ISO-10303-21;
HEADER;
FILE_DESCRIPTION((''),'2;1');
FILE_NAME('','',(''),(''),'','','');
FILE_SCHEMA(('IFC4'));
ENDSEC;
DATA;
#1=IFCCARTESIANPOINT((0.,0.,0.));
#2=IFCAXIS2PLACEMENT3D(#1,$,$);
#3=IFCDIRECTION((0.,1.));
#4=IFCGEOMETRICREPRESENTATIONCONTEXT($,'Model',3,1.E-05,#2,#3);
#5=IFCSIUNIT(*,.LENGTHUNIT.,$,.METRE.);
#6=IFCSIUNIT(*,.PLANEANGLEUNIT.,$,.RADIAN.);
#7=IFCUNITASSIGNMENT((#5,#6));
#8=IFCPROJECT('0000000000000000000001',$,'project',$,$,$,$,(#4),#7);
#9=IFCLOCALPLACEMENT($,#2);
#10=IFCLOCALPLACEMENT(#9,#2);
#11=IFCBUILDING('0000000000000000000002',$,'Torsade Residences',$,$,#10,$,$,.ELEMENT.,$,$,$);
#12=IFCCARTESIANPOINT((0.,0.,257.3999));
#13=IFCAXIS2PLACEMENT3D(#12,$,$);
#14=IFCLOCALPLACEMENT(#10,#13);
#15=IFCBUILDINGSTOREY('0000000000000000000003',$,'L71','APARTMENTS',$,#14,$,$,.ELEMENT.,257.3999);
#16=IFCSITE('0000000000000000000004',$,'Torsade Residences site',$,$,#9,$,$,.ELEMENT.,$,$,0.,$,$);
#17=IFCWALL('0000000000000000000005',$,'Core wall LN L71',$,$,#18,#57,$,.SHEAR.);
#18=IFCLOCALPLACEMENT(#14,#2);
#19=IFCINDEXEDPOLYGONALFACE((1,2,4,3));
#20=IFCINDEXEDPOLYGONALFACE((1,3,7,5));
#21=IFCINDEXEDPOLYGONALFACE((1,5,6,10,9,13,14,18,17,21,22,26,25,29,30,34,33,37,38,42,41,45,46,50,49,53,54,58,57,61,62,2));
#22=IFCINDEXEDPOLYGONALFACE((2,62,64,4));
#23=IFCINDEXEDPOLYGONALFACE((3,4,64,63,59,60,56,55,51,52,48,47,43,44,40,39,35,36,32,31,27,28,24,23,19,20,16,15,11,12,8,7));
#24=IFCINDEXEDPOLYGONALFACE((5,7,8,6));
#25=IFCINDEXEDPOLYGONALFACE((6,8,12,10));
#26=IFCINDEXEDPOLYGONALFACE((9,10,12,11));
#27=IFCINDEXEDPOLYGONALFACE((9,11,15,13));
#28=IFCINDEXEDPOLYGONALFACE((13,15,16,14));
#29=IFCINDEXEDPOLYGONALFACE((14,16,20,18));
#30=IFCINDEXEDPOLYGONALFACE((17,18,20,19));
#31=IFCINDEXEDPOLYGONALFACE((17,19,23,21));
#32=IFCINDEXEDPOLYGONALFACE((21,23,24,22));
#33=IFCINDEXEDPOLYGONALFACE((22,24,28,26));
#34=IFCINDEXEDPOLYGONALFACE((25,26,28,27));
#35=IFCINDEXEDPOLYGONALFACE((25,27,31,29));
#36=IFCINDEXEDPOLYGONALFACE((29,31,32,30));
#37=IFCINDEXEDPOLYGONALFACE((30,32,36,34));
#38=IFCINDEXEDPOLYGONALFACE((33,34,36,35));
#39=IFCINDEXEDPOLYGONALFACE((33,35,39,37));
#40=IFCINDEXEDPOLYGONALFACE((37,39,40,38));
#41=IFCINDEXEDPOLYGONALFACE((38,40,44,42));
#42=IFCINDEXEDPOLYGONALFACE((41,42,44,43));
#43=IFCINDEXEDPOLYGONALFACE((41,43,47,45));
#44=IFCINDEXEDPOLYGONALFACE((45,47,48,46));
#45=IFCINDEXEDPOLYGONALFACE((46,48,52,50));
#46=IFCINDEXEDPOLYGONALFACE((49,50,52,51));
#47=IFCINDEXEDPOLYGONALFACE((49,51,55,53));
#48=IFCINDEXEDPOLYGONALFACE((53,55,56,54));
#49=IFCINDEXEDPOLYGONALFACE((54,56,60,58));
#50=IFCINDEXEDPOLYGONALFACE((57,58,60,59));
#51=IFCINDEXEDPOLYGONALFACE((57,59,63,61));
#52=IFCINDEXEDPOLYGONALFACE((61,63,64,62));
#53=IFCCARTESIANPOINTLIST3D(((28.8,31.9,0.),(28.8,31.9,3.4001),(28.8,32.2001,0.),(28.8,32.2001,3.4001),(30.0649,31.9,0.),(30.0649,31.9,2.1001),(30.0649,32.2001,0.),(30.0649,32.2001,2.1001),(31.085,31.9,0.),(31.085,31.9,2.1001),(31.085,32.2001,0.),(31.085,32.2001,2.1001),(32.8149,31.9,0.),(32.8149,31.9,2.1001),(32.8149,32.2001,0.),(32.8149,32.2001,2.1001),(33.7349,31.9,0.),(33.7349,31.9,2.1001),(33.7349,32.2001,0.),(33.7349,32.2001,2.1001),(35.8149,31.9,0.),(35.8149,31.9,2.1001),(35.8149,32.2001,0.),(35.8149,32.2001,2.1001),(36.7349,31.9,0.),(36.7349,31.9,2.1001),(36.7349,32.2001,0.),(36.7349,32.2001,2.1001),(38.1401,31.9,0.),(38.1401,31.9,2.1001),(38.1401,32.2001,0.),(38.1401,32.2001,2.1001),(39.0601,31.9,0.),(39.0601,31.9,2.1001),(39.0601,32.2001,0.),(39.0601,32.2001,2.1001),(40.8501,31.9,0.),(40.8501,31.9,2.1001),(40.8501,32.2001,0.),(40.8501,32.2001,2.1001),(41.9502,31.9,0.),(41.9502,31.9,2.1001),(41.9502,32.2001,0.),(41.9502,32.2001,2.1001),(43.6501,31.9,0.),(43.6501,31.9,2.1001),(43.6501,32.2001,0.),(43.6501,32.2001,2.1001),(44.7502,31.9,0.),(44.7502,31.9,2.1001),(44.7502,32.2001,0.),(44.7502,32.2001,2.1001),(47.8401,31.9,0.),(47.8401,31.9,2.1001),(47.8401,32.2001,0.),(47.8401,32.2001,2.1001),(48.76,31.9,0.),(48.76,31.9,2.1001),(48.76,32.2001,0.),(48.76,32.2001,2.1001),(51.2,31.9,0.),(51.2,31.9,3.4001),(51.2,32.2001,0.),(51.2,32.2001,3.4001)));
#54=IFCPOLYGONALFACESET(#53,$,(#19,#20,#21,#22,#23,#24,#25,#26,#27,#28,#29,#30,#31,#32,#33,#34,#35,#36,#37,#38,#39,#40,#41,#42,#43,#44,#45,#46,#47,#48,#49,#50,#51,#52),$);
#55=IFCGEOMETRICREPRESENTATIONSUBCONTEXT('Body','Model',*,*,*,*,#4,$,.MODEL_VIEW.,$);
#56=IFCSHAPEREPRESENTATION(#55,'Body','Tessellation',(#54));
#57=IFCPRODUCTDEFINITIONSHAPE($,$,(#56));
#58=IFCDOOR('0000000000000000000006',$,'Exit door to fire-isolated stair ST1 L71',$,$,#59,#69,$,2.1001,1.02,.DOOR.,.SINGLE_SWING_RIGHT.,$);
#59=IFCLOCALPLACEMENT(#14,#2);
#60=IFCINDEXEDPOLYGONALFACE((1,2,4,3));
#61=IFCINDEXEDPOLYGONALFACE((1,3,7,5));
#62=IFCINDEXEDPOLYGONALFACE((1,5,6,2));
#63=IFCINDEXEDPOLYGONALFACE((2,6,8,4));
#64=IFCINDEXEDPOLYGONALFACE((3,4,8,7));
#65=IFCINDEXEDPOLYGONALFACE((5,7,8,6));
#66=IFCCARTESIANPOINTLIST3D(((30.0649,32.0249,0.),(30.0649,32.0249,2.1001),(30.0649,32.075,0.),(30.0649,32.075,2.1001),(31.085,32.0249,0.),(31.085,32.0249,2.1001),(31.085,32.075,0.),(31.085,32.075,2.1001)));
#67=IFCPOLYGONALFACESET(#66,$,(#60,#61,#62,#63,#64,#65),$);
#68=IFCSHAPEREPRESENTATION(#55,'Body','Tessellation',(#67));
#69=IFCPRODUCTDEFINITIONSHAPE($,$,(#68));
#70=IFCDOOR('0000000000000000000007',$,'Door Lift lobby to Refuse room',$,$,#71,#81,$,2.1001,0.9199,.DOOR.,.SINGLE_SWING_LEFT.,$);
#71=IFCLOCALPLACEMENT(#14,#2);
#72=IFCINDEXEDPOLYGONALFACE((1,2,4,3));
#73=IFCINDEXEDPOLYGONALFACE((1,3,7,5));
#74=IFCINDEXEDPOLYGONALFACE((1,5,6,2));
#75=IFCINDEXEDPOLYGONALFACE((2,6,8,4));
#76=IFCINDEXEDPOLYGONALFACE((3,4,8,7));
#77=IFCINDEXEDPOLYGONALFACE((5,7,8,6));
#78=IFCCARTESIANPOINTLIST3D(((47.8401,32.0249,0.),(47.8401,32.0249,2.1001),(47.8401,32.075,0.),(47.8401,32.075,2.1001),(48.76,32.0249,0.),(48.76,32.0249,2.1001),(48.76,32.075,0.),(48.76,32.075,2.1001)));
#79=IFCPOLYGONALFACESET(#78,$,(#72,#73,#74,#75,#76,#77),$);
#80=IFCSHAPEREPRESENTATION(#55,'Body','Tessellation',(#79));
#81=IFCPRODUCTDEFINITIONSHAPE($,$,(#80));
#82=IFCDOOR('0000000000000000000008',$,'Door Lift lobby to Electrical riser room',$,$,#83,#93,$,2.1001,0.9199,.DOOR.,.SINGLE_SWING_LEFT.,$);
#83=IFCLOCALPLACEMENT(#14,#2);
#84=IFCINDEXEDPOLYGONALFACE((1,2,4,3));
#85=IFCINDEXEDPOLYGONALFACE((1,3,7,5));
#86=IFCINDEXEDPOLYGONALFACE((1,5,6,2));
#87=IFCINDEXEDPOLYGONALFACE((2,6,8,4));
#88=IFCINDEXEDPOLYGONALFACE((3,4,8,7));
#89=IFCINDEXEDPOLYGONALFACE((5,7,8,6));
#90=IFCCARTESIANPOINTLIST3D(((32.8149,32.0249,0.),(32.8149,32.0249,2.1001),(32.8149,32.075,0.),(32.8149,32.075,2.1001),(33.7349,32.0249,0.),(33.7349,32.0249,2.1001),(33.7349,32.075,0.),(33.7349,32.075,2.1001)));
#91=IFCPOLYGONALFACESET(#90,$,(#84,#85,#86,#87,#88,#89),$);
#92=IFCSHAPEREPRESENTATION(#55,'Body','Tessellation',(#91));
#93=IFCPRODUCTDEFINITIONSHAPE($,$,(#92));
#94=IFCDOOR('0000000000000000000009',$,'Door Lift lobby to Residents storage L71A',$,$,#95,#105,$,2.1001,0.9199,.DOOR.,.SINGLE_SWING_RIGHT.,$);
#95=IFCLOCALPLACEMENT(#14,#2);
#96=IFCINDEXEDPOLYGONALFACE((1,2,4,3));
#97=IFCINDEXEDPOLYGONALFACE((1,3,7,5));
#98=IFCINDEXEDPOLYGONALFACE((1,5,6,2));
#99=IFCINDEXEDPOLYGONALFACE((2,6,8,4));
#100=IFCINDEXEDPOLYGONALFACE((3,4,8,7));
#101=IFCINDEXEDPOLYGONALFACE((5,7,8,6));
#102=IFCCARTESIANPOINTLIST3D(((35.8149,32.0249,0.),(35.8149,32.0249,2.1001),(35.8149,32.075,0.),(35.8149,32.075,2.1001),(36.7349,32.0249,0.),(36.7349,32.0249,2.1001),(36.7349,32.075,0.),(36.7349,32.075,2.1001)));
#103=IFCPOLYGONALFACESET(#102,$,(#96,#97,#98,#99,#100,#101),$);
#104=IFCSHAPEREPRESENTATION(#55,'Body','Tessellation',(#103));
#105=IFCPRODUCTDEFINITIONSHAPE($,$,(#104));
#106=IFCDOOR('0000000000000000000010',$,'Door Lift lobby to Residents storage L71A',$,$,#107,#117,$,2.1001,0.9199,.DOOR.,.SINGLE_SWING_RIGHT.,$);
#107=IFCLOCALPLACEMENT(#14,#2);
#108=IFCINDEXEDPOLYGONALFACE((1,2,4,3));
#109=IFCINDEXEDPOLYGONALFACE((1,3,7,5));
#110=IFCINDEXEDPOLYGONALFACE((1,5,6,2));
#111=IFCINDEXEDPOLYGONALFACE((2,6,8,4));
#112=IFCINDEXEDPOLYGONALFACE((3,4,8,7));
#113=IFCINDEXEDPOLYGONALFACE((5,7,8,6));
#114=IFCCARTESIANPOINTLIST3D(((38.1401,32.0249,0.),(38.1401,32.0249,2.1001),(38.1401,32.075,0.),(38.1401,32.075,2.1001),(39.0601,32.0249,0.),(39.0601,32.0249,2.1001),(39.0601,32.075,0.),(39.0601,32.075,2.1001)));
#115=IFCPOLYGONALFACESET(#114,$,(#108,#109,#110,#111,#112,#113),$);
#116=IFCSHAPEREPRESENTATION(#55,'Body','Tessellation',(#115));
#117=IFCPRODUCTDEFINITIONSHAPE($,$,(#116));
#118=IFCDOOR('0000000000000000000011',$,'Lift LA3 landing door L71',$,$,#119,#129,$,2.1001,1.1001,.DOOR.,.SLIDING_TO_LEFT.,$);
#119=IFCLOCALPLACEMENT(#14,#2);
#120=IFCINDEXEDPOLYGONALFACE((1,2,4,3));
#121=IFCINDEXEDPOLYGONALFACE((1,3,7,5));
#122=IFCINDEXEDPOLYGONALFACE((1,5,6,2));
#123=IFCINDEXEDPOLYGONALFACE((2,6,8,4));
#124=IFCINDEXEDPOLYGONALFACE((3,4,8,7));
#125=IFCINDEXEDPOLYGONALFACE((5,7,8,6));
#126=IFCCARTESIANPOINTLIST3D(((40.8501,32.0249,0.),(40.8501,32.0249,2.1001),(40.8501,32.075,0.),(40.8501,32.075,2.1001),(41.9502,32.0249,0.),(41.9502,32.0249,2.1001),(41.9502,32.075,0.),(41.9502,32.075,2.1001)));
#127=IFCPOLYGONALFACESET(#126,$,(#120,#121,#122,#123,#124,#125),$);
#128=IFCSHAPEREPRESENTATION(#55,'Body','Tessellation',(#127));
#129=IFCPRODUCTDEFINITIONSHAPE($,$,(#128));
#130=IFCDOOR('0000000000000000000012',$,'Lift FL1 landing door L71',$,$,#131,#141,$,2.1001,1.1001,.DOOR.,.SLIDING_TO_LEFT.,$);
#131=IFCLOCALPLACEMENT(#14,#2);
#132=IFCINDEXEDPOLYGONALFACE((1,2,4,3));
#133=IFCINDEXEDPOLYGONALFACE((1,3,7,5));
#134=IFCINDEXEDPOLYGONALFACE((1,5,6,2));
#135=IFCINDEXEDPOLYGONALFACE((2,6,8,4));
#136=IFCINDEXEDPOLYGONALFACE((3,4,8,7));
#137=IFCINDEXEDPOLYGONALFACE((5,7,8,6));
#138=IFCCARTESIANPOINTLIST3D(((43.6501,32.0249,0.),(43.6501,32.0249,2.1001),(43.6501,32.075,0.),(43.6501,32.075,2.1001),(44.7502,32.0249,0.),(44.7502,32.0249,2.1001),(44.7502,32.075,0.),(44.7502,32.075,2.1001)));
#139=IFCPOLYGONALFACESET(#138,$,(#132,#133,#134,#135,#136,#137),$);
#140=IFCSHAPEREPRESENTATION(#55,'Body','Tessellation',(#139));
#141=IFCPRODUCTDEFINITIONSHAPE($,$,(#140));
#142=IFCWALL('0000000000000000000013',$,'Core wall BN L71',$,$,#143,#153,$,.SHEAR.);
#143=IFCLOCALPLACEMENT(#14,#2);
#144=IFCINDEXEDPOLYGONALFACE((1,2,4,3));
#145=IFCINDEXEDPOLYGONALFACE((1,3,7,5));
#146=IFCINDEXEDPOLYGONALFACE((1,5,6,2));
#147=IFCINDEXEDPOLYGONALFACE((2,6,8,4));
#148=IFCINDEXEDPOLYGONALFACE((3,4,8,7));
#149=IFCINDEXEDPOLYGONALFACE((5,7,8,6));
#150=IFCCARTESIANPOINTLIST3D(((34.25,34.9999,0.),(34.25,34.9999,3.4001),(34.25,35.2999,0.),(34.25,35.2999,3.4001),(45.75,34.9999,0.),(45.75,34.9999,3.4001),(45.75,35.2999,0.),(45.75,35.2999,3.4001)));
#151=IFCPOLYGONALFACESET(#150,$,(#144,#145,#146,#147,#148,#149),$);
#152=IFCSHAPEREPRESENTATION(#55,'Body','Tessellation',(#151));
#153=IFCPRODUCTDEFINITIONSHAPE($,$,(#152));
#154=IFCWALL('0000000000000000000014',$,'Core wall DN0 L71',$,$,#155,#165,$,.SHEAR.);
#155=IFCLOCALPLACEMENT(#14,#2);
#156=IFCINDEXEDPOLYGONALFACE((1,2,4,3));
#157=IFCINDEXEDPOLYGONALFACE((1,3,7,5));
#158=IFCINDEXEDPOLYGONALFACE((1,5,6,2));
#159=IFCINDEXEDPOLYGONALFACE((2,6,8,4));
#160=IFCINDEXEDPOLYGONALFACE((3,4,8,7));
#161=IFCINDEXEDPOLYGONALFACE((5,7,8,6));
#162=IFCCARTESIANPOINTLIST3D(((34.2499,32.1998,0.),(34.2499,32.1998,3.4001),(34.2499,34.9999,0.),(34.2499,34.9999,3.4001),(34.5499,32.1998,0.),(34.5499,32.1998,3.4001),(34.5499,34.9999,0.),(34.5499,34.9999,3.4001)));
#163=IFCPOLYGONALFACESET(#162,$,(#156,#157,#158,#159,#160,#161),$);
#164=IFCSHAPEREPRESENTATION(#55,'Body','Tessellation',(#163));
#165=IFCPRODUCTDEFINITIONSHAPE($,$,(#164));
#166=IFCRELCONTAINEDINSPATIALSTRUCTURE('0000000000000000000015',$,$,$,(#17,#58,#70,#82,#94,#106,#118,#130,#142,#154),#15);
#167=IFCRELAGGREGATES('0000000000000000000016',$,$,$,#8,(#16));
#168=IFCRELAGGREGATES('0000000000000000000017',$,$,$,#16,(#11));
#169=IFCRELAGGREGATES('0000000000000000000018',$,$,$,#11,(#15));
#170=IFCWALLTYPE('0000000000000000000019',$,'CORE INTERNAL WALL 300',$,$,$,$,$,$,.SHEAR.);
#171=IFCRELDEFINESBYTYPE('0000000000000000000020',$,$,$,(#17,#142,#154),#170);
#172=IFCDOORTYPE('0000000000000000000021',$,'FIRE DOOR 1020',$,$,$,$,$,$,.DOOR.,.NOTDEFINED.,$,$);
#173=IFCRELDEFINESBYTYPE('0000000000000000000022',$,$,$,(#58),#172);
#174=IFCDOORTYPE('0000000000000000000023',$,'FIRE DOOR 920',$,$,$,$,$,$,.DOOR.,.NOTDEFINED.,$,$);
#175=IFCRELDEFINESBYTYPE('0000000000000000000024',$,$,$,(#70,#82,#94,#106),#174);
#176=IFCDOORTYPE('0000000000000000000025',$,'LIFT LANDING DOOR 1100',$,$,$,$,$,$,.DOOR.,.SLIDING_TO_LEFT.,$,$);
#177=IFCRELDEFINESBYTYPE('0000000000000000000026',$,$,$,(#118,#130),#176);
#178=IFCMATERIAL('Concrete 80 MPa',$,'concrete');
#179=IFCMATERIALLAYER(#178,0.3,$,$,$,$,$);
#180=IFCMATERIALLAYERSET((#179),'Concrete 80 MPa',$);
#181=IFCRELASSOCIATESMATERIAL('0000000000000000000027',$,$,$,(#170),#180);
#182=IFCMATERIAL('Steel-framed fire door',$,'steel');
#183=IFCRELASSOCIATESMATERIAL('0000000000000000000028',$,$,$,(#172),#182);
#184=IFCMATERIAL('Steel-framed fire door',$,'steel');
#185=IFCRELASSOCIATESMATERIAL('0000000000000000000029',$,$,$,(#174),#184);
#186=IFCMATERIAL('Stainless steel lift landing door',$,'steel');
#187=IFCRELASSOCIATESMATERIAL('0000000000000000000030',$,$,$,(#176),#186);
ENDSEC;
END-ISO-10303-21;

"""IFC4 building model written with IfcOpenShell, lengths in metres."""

from ifc_helpers import new_model, si_unit, direction, frame, frame_2d, origin, place, context, subcontext, project, spatial, rectangle, extrude, material, layer, layer_set, type_object, element, fill, save


model = new_model("IFC4")

# Units and contexts
model_context = context("Model", 3, precision=1e-05, world=origin(), true_north=direction((0.0, 1.0)))
body_context = subcontext(model_context, "Body", "Model", "MODEL_VIEW")
ifc_project = project(units=[si_unit("LENGTHUNIT", "METRE"), si_unit("PLANEANGLEUNIT", "RADIAN")], contexts=[model_context])

# Site, building, storey
site_placement = place(None, origin())
site = spatial("IfcSite", under=ifc_project, at=site_placement, Name="Torsade Residences site", CompositionType="ELEMENT", RefElevation=0.0)
building_placement = place(site_placement, origin())
building = spatial("IfcBuilding", under=site, at=building_placement, Name="Torsade Residences", CompositionType="ELEMENT")
storey_placement = place(building_placement, frame((0.0, 0.0, 257.3999)))
storey = spatial("IfcBuildingStorey", under=building, at=storey_placement, Name="L71", Description="APARTMENTS", CompositionType="ELEMENT", Elevation=257.3999)

# Wall, openings, doors
ifc_material_1 = material(Name="Concrete 80 MPa", Category="concrete")
ifc_layer_1 = layer(ifc_material_1, 0.3)
ifc_layer_set_1 = layer_set([ifc_layer_1], Name="Concrete 80 MPa")
wall_type_1 = type_object("IfcWallType", Name="CORE INTERNAL WALL 300", PredefinedType="SHEAR", material=ifc_layer_set_1)
wall_1_placement = place(storey_placement, frame((28.8, 32.05, 0.0), z_axis=(0.0, 0.0, 1.0), x_axis=(1.0, 0.0, 0.0)))
wall_1 = element("IfcWall", 1, at=wall_1_placement, inside=storey, type_object=wall_type_1, Name="Core wall LN L71", PredefinedType="SHEAR", context=body_context, shape_type="SweptSolid", body=[
    extrude(rectangle(XDim=22.3999, YDim=0.3, at=frame_2d((11.2, 0.0))), origin(), (0.0, 0.0, 1.0), 3.4001),
])
opening_1_placement = place(wall_1_placement, frame((19.04, 0.0, 0.0)))
opening_1 = element("IfcOpeningElement", 2, at=opening_1_placement, cuts=wall_1, PredefinedType="OPENING", context=body_context, shape_type="SweptSolid", body=[
    extrude(rectangle(XDim=0.9199, YDim=2.1001, at=frame_2d((0.46, 1.05))), frame((0.0, 0.1599, 0.0), z_axis=(0.0, -1.0, 0.0), x_axis=(1.0, 0.0, 0.0)), (0.0, 0.0, 1.0), 0.3201),
])
opening_2_placement = place(wall_1_placement, frame((1.2649, 0.0, 0.0)))
opening_2 = element("IfcOpeningElement", 3, at=opening_2_placement, cuts=wall_1, PredefinedType="OPENING", context=body_context, shape_type="SweptSolid", body=[
    extrude(rectangle(XDim=1.02, YDim=2.1001, at=frame_2d((0.51, 1.05))), frame((0.0, 0.1599, 0.0), z_axis=(0.0, -1.0, 0.0), x_axis=(1.0, 0.0, 0.0)), (0.0, 0.0, 1.0), 0.3201),
])
opening_3_placement = place(wall_1_placement, frame((4.0149, 0.0, 0.0)))
opening_3 = element("IfcOpeningElement", 4, at=opening_3_placement, cuts=wall_1, PredefinedType="OPENING", context=body_context, shape_type="SweptSolid", body=[
    extrude(rectangle(XDim=0.9199, YDim=2.1001, at=frame_2d((0.46, 1.05))), frame((0.0, 0.1599, 0.0), z_axis=(0.0, -1.0, 0.0), x_axis=(1.0, 0.0, 0.0)), (0.0, 0.0, 1.0), 0.3201),
])
opening_4_placement = place(wall_1_placement, frame((7.0149, 0.0, 0.0)))
opening_4 = element("IfcOpeningElement", 5, at=opening_4_placement, cuts=wall_1, PredefinedType="OPENING", context=body_context, shape_type="SweptSolid", body=[
    extrude(rectangle(XDim=0.9199, YDim=2.1001, at=frame_2d((0.46, 1.05))), frame((0.0, 0.1599, 0.0), z_axis=(0.0, -1.0, 0.0), x_axis=(1.0, 0.0, 0.0)), (0.0, 0.0, 1.0), 0.3201),
])
opening_5_placement = place(wall_1_placement, frame((9.3401, 0.0, 0.0)))
opening_5 = element("IfcOpeningElement", 6, at=opening_5_placement, cuts=wall_1, PredefinedType="OPENING", context=body_context, shape_type="SweptSolid", body=[
    extrude(rectangle(XDim=0.9199, YDim=2.1001, at=frame_2d((0.46, 1.05))), frame((0.0, 0.1599, 0.0), z_axis=(0.0, -1.0, 0.0), x_axis=(1.0, 0.0, 0.0)), (0.0, 0.0, 1.0), 0.3201),
])
opening_6_placement = place(wall_1_placement, frame((12.05, 0.0, 0.0)))
opening_6 = element("IfcOpeningElement", 7, at=opening_6_placement, cuts=wall_1, PredefinedType="OPENING", context=body_context, shape_type="SweptSolid", body=[
    extrude(rectangle(XDim=1.1001, YDim=2.1001, at=frame_2d((0.55, 1.05))), frame((0.0, 0.1599, 0.0), z_axis=(0.0, -1.0, 0.0), x_axis=(1.0, 0.0, 0.0)), (0.0, 0.0, 1.0), 0.3201),
])
opening_7_placement = place(wall_1_placement, frame((14.8501, 0.0, 0.0)))
opening_7 = element("IfcOpeningElement", 8, at=opening_7_placement, cuts=wall_1, PredefinedType="OPENING", context=body_context, shape_type="SweptSolid", body=[
    extrude(rectangle(XDim=1.1001, YDim=2.1001, at=frame_2d((0.55, 1.05))), frame((0.0, 0.1599, 0.0), z_axis=(0.0, -1.0, 0.0), x_axis=(1.0, 0.0, 0.0)), (0.0, 0.0, 1.0), 0.3201),
])
ifc_material_2 = material(Name="Steel-framed fire door", Category="steel")
door_type_1 = type_object("IfcDoorType", Name="FIRE DOOR 1020", OperationType="NOTDEFINED", PredefinedType="DOOR", material=ifc_material_2)
door_1_placement = place(opening_2_placement, origin())
door_1 = element("IfcDoor", 9, at=door_1_placement, inside=storey, type_object=door_type_1, Name="Exit door to fire-isolated stair ST1 L71", OperationType="SINGLE_SWING_RIGHT", OverallHeight=2.1001, OverallWidth=1.02, PredefinedType="DOOR", context=body_context, shape_type="SweptSolid", body=[
    extrude(rectangle(XDim=1.02, YDim=2.1001, at=frame_2d((0.51, 1.05))), frame((0.0, 0.0249, 0.0), z_axis=(0.0, -1.0, 0.0), x_axis=(1.0, 0.0, 0.0)), (0.0, 0.0, 1.0), 0.05),
])
fill(opening_2, door_1)
ifc_material_3 = material(Name="Steel-framed fire door", Category="steel")
door_type_2 = type_object("IfcDoorType", Name="FIRE DOOR 920", OperationType="NOTDEFINED", PredefinedType="DOOR", material=ifc_material_3)
door_2_placement = place(opening_1_placement, origin())
door_2 = element("IfcDoor", 10, at=door_2_placement, inside=storey, type_object=door_type_2, Name="Door Lift lobby to Refuse room", OperationType="SINGLE_SWING_LEFT", OverallHeight=2.1001, OverallWidth=0.9199, PredefinedType="DOOR", context=body_context, shape_type="SweptSolid", body=[
    extrude(rectangle(XDim=0.9199, YDim=2.1001, at=frame_2d((0.46, 1.05))), frame((0.0, 0.0249, 0.0), z_axis=(0.0, -1.0, 0.0), x_axis=(1.0, 0.0, 0.0)), (0.0, 0.0, 1.0), 0.05),
])
fill(opening_1, door_2)
door_3_placement = place(opening_3_placement, origin())
door_3 = element("IfcDoor", 11, at=door_3_placement, inside=storey, type_object=door_type_2, Name="Door Lift lobby to Electrical riser room", OperationType="SINGLE_SWING_LEFT", OverallHeight=2.1001, OverallWidth=0.9199, PredefinedType="DOOR", context=body_context, shape_type="SweptSolid", body=[
    extrude(rectangle(XDim=0.9199, YDim=2.1001, at=frame_2d((0.46, 1.05))), frame((0.0, 0.0249, 0.0), z_axis=(0.0, -1.0, 0.0), x_axis=(1.0, 0.0, 0.0)), (0.0, 0.0, 1.0), 0.05),
])
fill(opening_3, door_3)
door_4_placement = place(opening_4_placement, origin())
door_4 = element("IfcDoor", 12, at=door_4_placement, inside=storey, type_object=door_type_2, Name="Door Lift lobby to Residents storage L71A", OperationType="SINGLE_SWING_RIGHT", OverallHeight=2.1001, OverallWidth=0.9199, PredefinedType="DOOR", context=body_context, shape_type="SweptSolid", body=[
    extrude(rectangle(XDim=0.9199, YDim=2.1001, at=frame_2d((0.46, 1.05))), frame((0.0, 0.0249, 0.0), z_axis=(0.0, -1.0, 0.0), x_axis=(1.0, 0.0, 0.0)), (0.0, 0.0, 1.0), 0.05),
])
fill(opening_4, door_4)
door_5_placement = place(opening_5_placement, origin())
door_5 = element("IfcDoor", 13, at=door_5_placement, inside=storey, type_object=door_type_2, Name="Door Lift lobby to Residents storage L71A", OperationType="SINGLE_SWING_RIGHT", OverallHeight=2.1001, OverallWidth=0.9199, PredefinedType="DOOR", context=body_context, shape_type="SweptSolid", body=[
    extrude(rectangle(XDim=0.9199, YDim=2.1001, at=frame_2d((0.46, 1.05))), frame((0.0, 0.0249, 0.0), z_axis=(0.0, -1.0, 0.0), x_axis=(1.0, 0.0, 0.0)), (0.0, 0.0, 1.0), 0.05),
])
fill(opening_5, door_5)
ifc_material_4 = material(Name="Stainless steel lift landing door", Category="steel")
door_type_3 = type_object("IfcDoorType", Name="LIFT LANDING DOOR 1100", OperationType="SLIDING_TO_LEFT", PredefinedType="DOOR", material=ifc_material_4)
door_6_placement = place(opening_6_placement, origin())
door_6 = element("IfcDoor", 14, at=door_6_placement, inside=storey, type_object=door_type_3, Name="Lift LA3 landing door L71", OperationType="SLIDING_TO_LEFT", OverallHeight=2.1001, OverallWidth=1.1001, PredefinedType="DOOR", context=body_context, shape_type="SweptSolid", body=[
    extrude(rectangle(XDim=1.1001, YDim=2.1001, at=frame_2d((0.55, 1.05))), frame((0.0, 0.0249, 0.0), z_axis=(0.0, -1.0, 0.0), x_axis=(1.0, 0.0, 0.0)), (0.0, 0.0, 1.0), 0.05),
])
fill(opening_6, door_6)
door_7_placement = place(opening_7_placement, origin())
door_7 = element("IfcDoor", 15, at=door_7_placement, inside=storey, type_object=door_type_3, Name="Lift FL1 landing door L71", OperationType="SLIDING_TO_LEFT", OverallHeight=2.1001, OverallWidth=1.1001, PredefinedType="DOOR", context=body_context, shape_type="SweptSolid", body=[
    extrude(rectangle(XDim=1.1001, YDim=2.1001, at=frame_2d((0.55, 1.05))), frame((0.0, 0.0249, 0.0), z_axis=(0.0, -1.0, 0.0), x_axis=(1.0, 0.0, 0.0)), (0.0, 0.0, 1.0), 0.05),
])
fill(opening_7, door_7)

# Walls
wall_2_placement = place(storey_placement, frame((34.25, 35.1499, 0.0), z_axis=(0.0, 0.0, 1.0), x_axis=(1.0, 0.0, 0.0)))
element("IfcWall", 16, at=wall_2_placement, inside=storey, type_object=wall_type_1, Name="Core wall BN L71", PredefinedType="SHEAR", context=body_context, shape_type="SweptSolid", body=[
    extrude(rectangle(XDim=11.5, YDim=0.3, at=frame_2d((5.75, 0.0))), origin(), (0.0, 0.0, 1.0), 3.4001),
])
wall_3_placement = place(storey_placement, frame((34.3999, 32.2, 0.0), z_axis=(0.0, 0.0, 1.0), x_axis=(0.0, 1.0, 0.0)))
element("IfcWall", 17, at=wall_3_placement, inside=storey, type_object=wall_type_1, Name="Core wall DN0 L71", PredefinedType="SHEAR", context=body_context, shape_type="SweptSolid", body=[
    extrude(rectangle(XDim=2.8, YDim=0.3, at=frame_2d((1.3999, 0.0))), origin(), (0.0, 0.0, 1.0), 3.4001),
])

save(model, "model.ifc")
